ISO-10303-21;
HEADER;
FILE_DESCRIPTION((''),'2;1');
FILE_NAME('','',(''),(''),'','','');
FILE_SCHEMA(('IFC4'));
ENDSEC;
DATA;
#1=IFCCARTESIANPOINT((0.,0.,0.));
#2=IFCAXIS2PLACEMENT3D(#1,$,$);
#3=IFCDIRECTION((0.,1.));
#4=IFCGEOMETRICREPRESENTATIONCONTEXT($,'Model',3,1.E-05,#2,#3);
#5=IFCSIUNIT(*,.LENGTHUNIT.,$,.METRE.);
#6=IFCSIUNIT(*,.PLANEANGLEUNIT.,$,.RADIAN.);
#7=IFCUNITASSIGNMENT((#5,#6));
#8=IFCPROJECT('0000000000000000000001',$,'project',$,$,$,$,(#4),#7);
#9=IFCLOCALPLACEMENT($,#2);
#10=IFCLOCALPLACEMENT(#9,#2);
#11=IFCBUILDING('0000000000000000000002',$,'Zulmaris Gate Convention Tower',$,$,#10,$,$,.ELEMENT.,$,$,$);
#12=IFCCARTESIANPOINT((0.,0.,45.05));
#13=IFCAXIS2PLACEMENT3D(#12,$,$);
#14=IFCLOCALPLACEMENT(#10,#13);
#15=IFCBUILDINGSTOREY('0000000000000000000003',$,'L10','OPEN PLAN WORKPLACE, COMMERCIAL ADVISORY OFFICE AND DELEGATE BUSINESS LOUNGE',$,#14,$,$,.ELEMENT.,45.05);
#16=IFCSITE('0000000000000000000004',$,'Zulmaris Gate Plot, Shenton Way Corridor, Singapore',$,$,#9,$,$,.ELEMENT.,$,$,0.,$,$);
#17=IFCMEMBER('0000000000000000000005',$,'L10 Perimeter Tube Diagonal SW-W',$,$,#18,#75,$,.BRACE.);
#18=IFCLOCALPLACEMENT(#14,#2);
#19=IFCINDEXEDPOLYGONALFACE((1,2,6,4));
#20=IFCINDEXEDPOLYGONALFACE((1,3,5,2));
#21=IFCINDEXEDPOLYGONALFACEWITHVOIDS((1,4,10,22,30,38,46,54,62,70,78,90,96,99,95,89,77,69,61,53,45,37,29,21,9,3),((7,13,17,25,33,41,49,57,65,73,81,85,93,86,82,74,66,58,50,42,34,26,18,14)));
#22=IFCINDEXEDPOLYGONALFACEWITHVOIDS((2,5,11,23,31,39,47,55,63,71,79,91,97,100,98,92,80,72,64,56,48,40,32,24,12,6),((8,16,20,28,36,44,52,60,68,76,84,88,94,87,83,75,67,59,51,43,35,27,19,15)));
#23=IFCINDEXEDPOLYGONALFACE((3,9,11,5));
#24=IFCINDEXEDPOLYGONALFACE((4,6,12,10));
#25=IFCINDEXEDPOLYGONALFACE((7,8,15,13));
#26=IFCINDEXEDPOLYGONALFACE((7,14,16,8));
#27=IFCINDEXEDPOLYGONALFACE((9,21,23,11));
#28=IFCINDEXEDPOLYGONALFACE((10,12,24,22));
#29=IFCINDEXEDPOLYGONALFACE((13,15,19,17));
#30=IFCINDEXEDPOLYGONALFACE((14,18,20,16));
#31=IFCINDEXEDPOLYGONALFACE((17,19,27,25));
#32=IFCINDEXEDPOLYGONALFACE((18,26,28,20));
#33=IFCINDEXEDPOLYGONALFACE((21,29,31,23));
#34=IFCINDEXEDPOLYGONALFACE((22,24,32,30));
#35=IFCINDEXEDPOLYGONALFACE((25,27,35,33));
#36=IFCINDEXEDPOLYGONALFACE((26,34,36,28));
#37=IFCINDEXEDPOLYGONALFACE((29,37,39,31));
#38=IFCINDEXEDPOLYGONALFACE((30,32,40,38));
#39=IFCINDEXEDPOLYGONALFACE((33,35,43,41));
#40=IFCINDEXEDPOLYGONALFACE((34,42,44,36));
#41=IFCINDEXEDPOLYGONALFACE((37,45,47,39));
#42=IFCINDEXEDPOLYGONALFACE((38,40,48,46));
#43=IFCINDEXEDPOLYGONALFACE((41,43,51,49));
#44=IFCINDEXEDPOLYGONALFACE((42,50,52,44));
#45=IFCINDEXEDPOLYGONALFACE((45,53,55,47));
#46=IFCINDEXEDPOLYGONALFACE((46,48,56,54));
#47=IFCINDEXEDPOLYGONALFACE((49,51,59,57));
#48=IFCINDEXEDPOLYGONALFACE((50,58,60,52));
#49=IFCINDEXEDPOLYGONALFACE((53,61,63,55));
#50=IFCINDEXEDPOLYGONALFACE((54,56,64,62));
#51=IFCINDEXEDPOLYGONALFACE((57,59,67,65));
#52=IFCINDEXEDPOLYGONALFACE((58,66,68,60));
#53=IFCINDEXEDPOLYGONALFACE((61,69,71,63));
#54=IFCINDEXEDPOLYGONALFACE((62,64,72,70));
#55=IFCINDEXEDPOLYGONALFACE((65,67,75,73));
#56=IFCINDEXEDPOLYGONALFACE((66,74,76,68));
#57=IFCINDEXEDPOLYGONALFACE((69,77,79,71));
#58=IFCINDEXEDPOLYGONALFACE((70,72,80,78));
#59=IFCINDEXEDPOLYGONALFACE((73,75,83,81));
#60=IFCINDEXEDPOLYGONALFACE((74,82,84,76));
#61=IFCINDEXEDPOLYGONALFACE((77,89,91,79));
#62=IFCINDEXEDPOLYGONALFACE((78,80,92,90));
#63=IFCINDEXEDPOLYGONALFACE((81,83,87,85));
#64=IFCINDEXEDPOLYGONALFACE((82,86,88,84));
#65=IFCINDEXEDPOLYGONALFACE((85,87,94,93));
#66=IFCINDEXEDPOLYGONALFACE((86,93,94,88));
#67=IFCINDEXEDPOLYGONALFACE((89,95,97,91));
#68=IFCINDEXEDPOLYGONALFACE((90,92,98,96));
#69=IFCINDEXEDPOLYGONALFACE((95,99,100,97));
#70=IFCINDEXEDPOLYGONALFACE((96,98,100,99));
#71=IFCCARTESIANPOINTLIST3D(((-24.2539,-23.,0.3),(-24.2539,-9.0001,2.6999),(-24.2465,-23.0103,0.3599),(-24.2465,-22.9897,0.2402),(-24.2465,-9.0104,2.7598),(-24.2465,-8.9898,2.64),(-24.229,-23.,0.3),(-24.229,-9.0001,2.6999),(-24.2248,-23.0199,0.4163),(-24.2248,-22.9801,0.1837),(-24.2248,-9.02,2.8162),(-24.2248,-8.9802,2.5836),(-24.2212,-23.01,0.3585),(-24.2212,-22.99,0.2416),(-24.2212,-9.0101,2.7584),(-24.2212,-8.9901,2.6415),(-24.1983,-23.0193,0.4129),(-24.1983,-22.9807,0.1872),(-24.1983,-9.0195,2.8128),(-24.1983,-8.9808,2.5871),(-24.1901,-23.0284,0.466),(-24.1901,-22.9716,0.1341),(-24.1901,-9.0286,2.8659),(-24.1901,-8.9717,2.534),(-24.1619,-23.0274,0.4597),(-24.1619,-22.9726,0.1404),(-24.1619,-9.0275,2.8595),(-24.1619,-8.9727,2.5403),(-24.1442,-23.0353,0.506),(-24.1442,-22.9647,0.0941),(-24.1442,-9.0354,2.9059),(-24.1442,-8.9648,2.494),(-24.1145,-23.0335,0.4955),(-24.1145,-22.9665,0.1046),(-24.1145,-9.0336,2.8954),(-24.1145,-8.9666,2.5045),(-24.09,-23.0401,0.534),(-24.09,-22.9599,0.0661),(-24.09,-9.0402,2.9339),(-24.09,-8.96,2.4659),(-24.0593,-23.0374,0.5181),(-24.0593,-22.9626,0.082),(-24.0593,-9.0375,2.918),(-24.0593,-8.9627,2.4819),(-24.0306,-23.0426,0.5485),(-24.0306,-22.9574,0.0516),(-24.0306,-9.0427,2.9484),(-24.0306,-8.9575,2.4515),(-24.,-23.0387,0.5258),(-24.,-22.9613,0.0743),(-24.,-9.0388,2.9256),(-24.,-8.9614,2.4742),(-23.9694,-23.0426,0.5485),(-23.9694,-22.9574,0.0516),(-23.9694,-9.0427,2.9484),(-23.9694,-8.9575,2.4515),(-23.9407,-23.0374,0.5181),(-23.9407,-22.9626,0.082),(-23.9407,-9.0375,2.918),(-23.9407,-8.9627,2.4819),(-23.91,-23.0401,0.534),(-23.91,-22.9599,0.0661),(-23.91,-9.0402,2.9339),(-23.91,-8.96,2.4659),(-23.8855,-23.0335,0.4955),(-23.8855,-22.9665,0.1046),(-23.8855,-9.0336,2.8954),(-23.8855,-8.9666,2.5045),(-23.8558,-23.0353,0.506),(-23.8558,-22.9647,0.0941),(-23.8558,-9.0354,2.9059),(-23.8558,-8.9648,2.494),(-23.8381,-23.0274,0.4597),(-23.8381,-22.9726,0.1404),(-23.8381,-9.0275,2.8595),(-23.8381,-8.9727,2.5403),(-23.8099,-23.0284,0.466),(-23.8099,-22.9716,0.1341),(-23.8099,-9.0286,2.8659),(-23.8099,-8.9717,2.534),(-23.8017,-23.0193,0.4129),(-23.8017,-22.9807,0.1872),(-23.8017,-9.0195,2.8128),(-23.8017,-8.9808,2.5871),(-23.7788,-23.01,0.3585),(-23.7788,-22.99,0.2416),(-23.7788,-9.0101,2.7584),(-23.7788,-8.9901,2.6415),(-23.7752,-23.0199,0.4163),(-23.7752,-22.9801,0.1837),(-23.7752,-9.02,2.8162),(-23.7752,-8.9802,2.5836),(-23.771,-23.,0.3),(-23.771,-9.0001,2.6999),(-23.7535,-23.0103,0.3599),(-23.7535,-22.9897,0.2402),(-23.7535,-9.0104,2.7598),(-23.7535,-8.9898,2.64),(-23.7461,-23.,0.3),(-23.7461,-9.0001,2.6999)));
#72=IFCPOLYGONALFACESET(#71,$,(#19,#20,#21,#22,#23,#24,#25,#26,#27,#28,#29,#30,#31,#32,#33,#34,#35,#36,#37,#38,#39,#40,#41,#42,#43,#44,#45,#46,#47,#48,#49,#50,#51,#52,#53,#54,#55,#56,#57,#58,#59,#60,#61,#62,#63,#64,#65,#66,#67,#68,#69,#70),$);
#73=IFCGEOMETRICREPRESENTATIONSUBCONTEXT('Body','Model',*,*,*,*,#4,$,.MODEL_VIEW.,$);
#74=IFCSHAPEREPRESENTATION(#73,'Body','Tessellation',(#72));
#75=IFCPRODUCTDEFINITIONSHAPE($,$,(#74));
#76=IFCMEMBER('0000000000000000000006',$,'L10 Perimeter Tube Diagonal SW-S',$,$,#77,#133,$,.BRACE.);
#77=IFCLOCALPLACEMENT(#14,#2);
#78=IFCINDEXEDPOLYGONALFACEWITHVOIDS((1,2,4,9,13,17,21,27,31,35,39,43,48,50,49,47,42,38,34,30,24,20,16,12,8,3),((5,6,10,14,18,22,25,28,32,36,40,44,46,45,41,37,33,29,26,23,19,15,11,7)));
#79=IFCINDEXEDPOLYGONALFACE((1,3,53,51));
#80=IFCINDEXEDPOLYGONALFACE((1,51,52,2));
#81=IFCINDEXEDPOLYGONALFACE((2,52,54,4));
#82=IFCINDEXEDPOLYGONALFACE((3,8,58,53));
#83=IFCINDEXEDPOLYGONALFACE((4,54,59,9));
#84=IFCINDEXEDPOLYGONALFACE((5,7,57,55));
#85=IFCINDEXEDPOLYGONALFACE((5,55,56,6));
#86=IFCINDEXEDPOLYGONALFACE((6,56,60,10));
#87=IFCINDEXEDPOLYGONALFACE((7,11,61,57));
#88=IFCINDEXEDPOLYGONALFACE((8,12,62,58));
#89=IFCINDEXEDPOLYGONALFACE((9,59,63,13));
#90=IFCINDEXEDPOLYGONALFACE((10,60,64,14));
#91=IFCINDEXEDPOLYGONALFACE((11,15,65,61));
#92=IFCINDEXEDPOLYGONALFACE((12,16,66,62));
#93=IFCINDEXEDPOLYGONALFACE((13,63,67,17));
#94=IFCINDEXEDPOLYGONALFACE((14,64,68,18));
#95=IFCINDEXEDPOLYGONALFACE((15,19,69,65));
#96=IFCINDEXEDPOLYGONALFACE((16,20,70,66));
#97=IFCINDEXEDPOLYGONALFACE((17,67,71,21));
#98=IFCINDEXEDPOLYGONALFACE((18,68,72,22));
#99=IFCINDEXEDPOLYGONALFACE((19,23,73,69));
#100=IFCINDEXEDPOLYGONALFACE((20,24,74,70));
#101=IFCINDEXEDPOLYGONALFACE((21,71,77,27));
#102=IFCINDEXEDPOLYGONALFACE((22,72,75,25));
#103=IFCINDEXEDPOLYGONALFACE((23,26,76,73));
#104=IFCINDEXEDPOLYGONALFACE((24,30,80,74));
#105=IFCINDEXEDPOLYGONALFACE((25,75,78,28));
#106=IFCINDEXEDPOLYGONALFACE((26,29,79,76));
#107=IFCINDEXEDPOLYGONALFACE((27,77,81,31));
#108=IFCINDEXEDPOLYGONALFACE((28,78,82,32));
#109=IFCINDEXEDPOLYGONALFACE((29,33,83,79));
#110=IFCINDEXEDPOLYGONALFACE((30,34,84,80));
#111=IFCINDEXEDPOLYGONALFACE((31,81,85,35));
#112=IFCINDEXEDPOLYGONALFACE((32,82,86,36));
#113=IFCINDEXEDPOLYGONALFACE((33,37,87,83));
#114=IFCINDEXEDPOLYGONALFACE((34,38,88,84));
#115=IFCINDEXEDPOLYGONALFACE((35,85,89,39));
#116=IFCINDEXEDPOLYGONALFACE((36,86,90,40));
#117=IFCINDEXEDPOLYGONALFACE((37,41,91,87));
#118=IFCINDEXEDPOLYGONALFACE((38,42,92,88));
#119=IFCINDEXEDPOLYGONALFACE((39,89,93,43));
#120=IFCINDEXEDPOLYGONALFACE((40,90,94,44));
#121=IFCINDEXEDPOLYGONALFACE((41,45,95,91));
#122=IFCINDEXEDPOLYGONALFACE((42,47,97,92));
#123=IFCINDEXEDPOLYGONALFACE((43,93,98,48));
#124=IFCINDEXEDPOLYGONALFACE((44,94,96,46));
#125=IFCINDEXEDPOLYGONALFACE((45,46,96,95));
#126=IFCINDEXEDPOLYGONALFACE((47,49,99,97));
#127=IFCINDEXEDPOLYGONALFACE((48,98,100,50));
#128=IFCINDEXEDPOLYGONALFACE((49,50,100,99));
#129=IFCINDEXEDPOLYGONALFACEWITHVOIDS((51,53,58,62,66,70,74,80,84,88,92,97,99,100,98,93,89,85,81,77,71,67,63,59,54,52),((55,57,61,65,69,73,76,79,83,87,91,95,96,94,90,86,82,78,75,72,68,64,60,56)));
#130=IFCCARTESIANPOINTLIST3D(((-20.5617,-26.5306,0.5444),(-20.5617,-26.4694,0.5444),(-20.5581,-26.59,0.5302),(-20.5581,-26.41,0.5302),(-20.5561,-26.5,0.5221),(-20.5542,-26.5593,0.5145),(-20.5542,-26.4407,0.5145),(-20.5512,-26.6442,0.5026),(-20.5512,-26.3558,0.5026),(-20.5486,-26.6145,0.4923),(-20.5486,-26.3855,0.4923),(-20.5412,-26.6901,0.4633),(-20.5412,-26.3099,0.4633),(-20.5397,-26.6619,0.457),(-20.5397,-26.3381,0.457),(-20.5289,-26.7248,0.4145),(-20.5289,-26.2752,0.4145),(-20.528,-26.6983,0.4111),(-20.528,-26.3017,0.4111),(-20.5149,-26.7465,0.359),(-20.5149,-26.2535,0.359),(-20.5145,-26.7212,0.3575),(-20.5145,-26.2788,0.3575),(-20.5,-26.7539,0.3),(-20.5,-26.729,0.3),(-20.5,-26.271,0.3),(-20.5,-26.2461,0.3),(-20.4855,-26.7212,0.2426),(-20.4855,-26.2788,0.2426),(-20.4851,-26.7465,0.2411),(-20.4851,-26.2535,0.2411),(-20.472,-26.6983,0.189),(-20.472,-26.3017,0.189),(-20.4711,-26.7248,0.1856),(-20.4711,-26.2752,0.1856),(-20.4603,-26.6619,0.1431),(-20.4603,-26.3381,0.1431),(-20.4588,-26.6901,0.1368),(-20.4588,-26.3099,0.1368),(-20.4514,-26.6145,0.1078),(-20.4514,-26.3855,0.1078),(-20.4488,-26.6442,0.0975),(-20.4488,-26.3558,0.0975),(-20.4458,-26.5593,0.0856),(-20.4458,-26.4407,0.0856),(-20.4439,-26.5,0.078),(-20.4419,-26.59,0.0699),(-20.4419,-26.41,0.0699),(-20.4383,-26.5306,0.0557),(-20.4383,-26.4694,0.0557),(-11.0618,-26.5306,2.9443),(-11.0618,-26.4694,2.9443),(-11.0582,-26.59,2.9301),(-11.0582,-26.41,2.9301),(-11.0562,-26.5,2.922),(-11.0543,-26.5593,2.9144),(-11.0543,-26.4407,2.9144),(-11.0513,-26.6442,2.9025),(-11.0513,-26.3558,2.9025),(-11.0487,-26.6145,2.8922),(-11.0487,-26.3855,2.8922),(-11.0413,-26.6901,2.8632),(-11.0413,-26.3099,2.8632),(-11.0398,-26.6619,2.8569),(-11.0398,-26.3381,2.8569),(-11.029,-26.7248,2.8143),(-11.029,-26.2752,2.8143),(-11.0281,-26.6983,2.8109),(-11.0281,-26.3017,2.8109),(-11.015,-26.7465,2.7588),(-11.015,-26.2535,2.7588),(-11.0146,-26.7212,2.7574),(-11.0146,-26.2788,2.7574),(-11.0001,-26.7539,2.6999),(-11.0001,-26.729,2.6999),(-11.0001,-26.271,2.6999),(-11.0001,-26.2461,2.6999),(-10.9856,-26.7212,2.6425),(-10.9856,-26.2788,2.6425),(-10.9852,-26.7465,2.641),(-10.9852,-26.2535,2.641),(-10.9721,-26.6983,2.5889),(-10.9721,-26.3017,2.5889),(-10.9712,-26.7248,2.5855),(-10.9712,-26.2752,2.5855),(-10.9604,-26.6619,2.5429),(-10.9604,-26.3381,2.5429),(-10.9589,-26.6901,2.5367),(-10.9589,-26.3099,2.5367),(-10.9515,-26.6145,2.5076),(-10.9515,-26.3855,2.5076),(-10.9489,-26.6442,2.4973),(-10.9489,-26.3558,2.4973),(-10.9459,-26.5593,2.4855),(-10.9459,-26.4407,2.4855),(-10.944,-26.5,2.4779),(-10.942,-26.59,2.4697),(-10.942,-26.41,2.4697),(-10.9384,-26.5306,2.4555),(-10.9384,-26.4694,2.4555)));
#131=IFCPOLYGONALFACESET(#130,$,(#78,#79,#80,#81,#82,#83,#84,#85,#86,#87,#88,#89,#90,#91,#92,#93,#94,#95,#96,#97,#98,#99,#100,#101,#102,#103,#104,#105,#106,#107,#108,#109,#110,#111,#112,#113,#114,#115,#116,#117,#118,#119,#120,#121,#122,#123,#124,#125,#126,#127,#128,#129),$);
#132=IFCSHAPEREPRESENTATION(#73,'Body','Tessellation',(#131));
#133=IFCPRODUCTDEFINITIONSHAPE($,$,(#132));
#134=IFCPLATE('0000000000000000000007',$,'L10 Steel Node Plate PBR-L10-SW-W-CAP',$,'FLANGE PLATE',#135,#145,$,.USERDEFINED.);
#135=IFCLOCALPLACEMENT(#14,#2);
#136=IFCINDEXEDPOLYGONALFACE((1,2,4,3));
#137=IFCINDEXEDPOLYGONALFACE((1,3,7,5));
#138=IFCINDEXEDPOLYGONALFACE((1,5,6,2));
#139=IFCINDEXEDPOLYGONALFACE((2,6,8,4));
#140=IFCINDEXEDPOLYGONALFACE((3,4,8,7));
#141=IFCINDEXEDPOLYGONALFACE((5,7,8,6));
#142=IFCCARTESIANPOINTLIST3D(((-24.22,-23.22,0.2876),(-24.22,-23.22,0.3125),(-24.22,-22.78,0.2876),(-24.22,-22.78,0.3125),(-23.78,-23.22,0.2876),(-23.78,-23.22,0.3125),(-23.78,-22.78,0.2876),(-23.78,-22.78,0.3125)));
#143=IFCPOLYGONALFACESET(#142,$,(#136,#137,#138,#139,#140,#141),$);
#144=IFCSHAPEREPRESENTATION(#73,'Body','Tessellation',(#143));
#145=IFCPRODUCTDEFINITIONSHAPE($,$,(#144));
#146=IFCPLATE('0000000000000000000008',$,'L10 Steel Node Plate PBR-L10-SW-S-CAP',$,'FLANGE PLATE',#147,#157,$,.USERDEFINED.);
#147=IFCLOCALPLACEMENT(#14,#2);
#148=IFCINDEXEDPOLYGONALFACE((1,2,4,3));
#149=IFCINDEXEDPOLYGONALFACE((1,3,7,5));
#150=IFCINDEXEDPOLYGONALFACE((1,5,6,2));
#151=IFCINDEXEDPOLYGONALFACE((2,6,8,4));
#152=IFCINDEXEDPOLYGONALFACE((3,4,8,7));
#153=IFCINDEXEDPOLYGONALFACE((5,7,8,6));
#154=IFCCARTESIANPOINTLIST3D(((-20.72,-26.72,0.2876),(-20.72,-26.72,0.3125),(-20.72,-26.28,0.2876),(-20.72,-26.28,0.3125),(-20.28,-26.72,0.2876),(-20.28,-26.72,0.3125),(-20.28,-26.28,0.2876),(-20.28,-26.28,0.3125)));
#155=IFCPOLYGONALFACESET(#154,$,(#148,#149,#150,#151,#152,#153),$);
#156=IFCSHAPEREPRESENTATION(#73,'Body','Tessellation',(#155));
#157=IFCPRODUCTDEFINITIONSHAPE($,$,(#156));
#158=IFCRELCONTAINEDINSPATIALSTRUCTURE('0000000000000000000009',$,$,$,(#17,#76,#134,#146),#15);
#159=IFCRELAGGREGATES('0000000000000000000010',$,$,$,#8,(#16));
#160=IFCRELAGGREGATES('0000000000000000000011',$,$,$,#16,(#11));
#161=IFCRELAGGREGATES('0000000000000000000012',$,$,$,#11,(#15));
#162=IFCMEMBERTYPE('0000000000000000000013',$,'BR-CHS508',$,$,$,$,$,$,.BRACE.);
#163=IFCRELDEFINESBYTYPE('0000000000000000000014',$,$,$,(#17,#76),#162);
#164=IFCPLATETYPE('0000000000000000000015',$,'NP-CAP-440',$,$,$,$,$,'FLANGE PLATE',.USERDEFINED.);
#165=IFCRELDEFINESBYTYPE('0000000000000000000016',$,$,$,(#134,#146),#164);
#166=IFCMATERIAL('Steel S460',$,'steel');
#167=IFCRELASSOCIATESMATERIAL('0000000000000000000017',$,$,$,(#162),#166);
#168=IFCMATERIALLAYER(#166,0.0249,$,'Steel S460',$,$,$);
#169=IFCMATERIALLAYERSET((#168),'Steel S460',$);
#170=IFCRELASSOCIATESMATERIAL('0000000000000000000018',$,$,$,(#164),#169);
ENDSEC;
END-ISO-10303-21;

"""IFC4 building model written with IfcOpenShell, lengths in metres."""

from ifc_helpers import new_model, si_unit, direction, frame, origin, origin_2d, place, context, subcontext, project, spatial, rectangle, hollow_circle, extrude, material, layer, layer_set, material_profile, profile_set, type_object, element, save


model = new_model("IFC4")

# Units and contexts
model_context = context("Model", 3, precision=1e-05, world=origin(), true_north=direction((0.0, 1.0)))
body_context = subcontext(model_context, "Body", "Model", "MODEL_VIEW")
ifc_project = project(units=[si_unit("LENGTHUNIT", "METRE"), si_unit("PLANEANGLEUNIT", "RADIAN")], contexts=[model_context])

# Site, building, storey
site_placement = place(None, origin())
site = spatial("IfcSite", under=ifc_project, at=site_placement, Name="Zulmaris Gate Plot, Shenton Way Corridor, Singapore", CompositionType="ELEMENT", RefElevation=0.0)
building_placement = place(site_placement, origin())
building = spatial("IfcBuilding", under=site, at=building_placement, Name="Zulmaris Gate Convention Tower", CompositionType="ELEMENT")
storey_placement = place(building_placement, frame((0.0, 0.0, 45.05)))
storey = spatial("IfcBuildingStorey", under=building, at=storey_placement, Name="L10", Description="OPEN PLAN WORKPLACE, COMMERCIAL ADVISORY OFFICE AND DELEGATE BUSINESS LOUNGE", CompositionType="ELEMENT", Elevation=45.05)

# Members
ifc_material_1 = material(Name="Steel S460", Category="steel")
ifc_material_profile_1 = material_profile(ifc_material_1, hollow_circle(Radius=0.2539, WallThickness=0.0249, at=origin_2d()), Name="CHS 508x25")
ifc_profile_set_1 = profile_set([ifc_material_profile_1], Name="Steel S460")
member_type = type_object("IfcMemberType", Name="BR-CHS508", PredefinedType="BRACE", material=ifc_profile_set_1)
member_1_placement = place(storey_placement, frame((-24.0, -23.0, 0.3), z_axis=(0.0, 0.985623, 0.168957), x_axis=(-1.0, 0.0, 0.0)))
element("IfcMember", 1, at=member_1_placement, inside=storey, type_object=member_type, Name="L10 Perimeter Tube Diagonal SW-W", PredefinedType="BRACE", context=body_context, shape_type="SweptSolid", body=[
    extrude(hollow_circle(Radius=0.2539, WallThickness=0.0249, at=origin_2d()), origin(), (0.0, 0.0, 1.0), 14.2041),
])
member_2_placement = place(storey_placement, frame((-20.5, -26.5, 0.3), z_axis=(0.969542, 0.0, 0.244927), x_axis=(0.0, 1.0, 0.0)))
element("IfcMember", 2, at=member_2_placement, inside=storey, type_object=member_type, Name="L10 Perimeter Tube Diagonal SW-S", PredefinedType="BRACE", context=body_context, shape_type="SweptSolid", body=[
    extrude(hollow_circle(Radius=0.2539, WallThickness=0.0249, at=origin_2d()), origin(), (0.0, 0.0, 1.0), 9.7983),
])

# Plates
ifc_layer_1 = layer(ifc_material_1, 0.0249, Name="Steel S460")
ifc_layer_set_1 = layer_set([ifc_layer_1], Name="Steel S460")
plate_type = type_object("IfcPlateType", Name="NP-CAP-440", ElementType="FLANGE PLATE", PredefinedType="USERDEFINED", material=ifc_layer_set_1)
for number, where, z_axis, x_axis, name in (
    (3, (-24.0, -23.0, 0.2876), (0.0, 0.0, 1.0), (1.0, 0.0, 0.0), "L10 Steel Node Plate PBR-L10-SW-W-CAP"),
    (4, (-20.5, -26.5, 0.2876), (0.0, 0.0, 1.0), (1.0, 0.0, 0.0), "L10 Steel Node Plate PBR-L10-SW-S-CAP"),
):
    element("IfcPlate", number, at=place(storey_placement, frame(where, z_axis=z_axis, x_axis=x_axis)), inside=storey, type_object=plate_type, Name=name, ObjectType="FLANGE PLATE", PredefinedType="USERDEFINED", context=body_context, shape_type="SweptSolid", body=[
        extrude(rectangle(XDim=0.4399, YDim=0.4399, at=origin_2d()), origin(), (0.0, 0.0, 1.0), 0.0249),
    ])

save(model, "model.ifc")
